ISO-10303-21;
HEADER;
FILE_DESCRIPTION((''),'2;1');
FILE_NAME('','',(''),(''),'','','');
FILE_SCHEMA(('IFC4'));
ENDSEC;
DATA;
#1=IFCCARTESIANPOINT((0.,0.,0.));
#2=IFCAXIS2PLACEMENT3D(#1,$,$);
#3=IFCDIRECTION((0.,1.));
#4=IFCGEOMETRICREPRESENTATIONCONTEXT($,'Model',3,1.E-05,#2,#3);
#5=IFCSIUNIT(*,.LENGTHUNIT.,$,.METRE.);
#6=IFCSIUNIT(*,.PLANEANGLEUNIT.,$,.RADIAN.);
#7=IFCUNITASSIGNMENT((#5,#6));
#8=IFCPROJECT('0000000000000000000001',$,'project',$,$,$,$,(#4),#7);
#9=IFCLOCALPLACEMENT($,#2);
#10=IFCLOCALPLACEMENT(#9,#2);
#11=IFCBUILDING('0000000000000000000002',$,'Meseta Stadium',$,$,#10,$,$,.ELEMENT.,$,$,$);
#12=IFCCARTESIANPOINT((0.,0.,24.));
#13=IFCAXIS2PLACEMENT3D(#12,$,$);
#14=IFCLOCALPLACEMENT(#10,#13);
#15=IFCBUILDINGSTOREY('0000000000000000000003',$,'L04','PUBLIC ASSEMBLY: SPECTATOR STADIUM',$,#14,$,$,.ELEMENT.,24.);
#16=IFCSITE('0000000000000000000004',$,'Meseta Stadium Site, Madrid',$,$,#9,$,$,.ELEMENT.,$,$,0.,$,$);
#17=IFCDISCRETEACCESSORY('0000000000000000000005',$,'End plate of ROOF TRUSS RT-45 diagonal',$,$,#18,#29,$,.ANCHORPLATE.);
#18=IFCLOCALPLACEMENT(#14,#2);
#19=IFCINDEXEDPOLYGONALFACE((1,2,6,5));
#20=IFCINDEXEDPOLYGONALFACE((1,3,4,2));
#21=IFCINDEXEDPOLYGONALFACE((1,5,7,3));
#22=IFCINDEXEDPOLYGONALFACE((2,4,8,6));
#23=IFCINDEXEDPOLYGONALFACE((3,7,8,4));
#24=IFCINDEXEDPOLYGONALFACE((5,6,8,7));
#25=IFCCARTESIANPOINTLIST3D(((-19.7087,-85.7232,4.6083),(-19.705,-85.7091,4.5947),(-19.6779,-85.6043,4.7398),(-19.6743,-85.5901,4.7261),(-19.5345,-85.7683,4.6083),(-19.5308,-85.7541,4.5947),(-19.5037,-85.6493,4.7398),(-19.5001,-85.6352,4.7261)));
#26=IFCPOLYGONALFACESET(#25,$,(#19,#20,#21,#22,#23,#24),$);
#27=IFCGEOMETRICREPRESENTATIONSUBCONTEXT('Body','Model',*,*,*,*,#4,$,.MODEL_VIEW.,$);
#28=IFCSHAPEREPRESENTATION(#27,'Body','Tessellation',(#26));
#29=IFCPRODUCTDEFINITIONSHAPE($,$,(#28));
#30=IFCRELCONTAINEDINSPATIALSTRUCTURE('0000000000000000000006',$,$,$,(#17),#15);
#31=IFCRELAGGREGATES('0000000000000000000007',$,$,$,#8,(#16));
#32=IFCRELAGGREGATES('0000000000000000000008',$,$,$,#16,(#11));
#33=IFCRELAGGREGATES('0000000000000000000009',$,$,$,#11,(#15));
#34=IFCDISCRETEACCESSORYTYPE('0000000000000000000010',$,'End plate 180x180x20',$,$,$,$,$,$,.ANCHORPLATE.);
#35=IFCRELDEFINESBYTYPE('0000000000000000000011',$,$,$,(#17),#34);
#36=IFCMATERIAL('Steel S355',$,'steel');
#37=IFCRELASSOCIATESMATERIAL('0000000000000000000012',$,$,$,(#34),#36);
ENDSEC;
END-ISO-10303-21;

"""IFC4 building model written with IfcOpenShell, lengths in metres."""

from ifc_helpers import new_model, si_unit, direction, frame, origin, origin_2d, place, context, subcontext, project, spatial, rectangle, extrude, material, material_profile, profile_set, type_object, element, save


model = new_model("IFC4")

# Units and contexts
model_context = context("Model", 3, precision=1e-05, world=origin(), true_north=direction((0.0, 1.0)))
body_context = subcontext(model_context, "Body", "Model", "MODEL_VIEW")
ifc_project = project(units=[si_unit("LENGTHUNIT", "METRE"), si_unit("PLANEANGLEUNIT", "RADIAN")], contexts=[model_context])

# Site, building, storey
site_placement = place(None, origin())
site = spatial("IfcSite", under=ifc_project, at=site_placement, Name="Meseta Stadium Site, Madrid", CompositionType="ELEMENT", RefElevation=0.0)
building_placement = place(site_placement, origin())
building = spatial("IfcBuilding", under=site, at=building_placement, Name="Meseta Stadium", CompositionType="ELEMENT")
storey_placement = place(building_placement, frame((0.0, 0.0, 24.0)))
storey = spatial("IfcBuildingStorey", under=building, at=storey_placement, Name="L04", Description="PUBLIC ASSEMBLY: SPECTATOR STADIUM", CompositionType="ELEMENT", Elevation=24.0)

# Discrete accessory
ifc_material_1 = material(Name="Steel S355", Category="steel")
ifc_material_profile_1 = material_profile(ifc_material_1, rectangle(XDim=0.1799, YDim=0.1799, at=origin_2d()), Name="PL 180x180")
ifc_profile_set_1 = profile_set([ifc_material_profile_1], Name="Steel S355")
discrete_accessory_type = type_object("IfcDiscreteAccessoryType", Name="End plate 180x180x20", PredefinedType="ANCHORPLATE", material=ifc_profile_set_1)
discrete_accessory_placement = place(storey_placement, frame((-19.6025, -85.6721, 4.6604), z_axis=(-0.182913, -0.707264, 0.682876), x_axis=(0.968147, -0.250383, 0.0)))
element("IfcDiscreteAccessory", 1, at=discrete_accessory_placement, inside=storey, type_object=discrete_accessory_type, Name="End plate of ROOF TRUSS RT-45 diagonal", PredefinedType="ANCHORPLATE", context=body_context, shape_type="SweptSolid", body=[
    extrude(rectangle(XDim=0.1799, YDim=0.1799, at=origin_2d()), origin(), (0.0, 0.0, 1.0), 0.02),
])

save(model, "model.ifc")
